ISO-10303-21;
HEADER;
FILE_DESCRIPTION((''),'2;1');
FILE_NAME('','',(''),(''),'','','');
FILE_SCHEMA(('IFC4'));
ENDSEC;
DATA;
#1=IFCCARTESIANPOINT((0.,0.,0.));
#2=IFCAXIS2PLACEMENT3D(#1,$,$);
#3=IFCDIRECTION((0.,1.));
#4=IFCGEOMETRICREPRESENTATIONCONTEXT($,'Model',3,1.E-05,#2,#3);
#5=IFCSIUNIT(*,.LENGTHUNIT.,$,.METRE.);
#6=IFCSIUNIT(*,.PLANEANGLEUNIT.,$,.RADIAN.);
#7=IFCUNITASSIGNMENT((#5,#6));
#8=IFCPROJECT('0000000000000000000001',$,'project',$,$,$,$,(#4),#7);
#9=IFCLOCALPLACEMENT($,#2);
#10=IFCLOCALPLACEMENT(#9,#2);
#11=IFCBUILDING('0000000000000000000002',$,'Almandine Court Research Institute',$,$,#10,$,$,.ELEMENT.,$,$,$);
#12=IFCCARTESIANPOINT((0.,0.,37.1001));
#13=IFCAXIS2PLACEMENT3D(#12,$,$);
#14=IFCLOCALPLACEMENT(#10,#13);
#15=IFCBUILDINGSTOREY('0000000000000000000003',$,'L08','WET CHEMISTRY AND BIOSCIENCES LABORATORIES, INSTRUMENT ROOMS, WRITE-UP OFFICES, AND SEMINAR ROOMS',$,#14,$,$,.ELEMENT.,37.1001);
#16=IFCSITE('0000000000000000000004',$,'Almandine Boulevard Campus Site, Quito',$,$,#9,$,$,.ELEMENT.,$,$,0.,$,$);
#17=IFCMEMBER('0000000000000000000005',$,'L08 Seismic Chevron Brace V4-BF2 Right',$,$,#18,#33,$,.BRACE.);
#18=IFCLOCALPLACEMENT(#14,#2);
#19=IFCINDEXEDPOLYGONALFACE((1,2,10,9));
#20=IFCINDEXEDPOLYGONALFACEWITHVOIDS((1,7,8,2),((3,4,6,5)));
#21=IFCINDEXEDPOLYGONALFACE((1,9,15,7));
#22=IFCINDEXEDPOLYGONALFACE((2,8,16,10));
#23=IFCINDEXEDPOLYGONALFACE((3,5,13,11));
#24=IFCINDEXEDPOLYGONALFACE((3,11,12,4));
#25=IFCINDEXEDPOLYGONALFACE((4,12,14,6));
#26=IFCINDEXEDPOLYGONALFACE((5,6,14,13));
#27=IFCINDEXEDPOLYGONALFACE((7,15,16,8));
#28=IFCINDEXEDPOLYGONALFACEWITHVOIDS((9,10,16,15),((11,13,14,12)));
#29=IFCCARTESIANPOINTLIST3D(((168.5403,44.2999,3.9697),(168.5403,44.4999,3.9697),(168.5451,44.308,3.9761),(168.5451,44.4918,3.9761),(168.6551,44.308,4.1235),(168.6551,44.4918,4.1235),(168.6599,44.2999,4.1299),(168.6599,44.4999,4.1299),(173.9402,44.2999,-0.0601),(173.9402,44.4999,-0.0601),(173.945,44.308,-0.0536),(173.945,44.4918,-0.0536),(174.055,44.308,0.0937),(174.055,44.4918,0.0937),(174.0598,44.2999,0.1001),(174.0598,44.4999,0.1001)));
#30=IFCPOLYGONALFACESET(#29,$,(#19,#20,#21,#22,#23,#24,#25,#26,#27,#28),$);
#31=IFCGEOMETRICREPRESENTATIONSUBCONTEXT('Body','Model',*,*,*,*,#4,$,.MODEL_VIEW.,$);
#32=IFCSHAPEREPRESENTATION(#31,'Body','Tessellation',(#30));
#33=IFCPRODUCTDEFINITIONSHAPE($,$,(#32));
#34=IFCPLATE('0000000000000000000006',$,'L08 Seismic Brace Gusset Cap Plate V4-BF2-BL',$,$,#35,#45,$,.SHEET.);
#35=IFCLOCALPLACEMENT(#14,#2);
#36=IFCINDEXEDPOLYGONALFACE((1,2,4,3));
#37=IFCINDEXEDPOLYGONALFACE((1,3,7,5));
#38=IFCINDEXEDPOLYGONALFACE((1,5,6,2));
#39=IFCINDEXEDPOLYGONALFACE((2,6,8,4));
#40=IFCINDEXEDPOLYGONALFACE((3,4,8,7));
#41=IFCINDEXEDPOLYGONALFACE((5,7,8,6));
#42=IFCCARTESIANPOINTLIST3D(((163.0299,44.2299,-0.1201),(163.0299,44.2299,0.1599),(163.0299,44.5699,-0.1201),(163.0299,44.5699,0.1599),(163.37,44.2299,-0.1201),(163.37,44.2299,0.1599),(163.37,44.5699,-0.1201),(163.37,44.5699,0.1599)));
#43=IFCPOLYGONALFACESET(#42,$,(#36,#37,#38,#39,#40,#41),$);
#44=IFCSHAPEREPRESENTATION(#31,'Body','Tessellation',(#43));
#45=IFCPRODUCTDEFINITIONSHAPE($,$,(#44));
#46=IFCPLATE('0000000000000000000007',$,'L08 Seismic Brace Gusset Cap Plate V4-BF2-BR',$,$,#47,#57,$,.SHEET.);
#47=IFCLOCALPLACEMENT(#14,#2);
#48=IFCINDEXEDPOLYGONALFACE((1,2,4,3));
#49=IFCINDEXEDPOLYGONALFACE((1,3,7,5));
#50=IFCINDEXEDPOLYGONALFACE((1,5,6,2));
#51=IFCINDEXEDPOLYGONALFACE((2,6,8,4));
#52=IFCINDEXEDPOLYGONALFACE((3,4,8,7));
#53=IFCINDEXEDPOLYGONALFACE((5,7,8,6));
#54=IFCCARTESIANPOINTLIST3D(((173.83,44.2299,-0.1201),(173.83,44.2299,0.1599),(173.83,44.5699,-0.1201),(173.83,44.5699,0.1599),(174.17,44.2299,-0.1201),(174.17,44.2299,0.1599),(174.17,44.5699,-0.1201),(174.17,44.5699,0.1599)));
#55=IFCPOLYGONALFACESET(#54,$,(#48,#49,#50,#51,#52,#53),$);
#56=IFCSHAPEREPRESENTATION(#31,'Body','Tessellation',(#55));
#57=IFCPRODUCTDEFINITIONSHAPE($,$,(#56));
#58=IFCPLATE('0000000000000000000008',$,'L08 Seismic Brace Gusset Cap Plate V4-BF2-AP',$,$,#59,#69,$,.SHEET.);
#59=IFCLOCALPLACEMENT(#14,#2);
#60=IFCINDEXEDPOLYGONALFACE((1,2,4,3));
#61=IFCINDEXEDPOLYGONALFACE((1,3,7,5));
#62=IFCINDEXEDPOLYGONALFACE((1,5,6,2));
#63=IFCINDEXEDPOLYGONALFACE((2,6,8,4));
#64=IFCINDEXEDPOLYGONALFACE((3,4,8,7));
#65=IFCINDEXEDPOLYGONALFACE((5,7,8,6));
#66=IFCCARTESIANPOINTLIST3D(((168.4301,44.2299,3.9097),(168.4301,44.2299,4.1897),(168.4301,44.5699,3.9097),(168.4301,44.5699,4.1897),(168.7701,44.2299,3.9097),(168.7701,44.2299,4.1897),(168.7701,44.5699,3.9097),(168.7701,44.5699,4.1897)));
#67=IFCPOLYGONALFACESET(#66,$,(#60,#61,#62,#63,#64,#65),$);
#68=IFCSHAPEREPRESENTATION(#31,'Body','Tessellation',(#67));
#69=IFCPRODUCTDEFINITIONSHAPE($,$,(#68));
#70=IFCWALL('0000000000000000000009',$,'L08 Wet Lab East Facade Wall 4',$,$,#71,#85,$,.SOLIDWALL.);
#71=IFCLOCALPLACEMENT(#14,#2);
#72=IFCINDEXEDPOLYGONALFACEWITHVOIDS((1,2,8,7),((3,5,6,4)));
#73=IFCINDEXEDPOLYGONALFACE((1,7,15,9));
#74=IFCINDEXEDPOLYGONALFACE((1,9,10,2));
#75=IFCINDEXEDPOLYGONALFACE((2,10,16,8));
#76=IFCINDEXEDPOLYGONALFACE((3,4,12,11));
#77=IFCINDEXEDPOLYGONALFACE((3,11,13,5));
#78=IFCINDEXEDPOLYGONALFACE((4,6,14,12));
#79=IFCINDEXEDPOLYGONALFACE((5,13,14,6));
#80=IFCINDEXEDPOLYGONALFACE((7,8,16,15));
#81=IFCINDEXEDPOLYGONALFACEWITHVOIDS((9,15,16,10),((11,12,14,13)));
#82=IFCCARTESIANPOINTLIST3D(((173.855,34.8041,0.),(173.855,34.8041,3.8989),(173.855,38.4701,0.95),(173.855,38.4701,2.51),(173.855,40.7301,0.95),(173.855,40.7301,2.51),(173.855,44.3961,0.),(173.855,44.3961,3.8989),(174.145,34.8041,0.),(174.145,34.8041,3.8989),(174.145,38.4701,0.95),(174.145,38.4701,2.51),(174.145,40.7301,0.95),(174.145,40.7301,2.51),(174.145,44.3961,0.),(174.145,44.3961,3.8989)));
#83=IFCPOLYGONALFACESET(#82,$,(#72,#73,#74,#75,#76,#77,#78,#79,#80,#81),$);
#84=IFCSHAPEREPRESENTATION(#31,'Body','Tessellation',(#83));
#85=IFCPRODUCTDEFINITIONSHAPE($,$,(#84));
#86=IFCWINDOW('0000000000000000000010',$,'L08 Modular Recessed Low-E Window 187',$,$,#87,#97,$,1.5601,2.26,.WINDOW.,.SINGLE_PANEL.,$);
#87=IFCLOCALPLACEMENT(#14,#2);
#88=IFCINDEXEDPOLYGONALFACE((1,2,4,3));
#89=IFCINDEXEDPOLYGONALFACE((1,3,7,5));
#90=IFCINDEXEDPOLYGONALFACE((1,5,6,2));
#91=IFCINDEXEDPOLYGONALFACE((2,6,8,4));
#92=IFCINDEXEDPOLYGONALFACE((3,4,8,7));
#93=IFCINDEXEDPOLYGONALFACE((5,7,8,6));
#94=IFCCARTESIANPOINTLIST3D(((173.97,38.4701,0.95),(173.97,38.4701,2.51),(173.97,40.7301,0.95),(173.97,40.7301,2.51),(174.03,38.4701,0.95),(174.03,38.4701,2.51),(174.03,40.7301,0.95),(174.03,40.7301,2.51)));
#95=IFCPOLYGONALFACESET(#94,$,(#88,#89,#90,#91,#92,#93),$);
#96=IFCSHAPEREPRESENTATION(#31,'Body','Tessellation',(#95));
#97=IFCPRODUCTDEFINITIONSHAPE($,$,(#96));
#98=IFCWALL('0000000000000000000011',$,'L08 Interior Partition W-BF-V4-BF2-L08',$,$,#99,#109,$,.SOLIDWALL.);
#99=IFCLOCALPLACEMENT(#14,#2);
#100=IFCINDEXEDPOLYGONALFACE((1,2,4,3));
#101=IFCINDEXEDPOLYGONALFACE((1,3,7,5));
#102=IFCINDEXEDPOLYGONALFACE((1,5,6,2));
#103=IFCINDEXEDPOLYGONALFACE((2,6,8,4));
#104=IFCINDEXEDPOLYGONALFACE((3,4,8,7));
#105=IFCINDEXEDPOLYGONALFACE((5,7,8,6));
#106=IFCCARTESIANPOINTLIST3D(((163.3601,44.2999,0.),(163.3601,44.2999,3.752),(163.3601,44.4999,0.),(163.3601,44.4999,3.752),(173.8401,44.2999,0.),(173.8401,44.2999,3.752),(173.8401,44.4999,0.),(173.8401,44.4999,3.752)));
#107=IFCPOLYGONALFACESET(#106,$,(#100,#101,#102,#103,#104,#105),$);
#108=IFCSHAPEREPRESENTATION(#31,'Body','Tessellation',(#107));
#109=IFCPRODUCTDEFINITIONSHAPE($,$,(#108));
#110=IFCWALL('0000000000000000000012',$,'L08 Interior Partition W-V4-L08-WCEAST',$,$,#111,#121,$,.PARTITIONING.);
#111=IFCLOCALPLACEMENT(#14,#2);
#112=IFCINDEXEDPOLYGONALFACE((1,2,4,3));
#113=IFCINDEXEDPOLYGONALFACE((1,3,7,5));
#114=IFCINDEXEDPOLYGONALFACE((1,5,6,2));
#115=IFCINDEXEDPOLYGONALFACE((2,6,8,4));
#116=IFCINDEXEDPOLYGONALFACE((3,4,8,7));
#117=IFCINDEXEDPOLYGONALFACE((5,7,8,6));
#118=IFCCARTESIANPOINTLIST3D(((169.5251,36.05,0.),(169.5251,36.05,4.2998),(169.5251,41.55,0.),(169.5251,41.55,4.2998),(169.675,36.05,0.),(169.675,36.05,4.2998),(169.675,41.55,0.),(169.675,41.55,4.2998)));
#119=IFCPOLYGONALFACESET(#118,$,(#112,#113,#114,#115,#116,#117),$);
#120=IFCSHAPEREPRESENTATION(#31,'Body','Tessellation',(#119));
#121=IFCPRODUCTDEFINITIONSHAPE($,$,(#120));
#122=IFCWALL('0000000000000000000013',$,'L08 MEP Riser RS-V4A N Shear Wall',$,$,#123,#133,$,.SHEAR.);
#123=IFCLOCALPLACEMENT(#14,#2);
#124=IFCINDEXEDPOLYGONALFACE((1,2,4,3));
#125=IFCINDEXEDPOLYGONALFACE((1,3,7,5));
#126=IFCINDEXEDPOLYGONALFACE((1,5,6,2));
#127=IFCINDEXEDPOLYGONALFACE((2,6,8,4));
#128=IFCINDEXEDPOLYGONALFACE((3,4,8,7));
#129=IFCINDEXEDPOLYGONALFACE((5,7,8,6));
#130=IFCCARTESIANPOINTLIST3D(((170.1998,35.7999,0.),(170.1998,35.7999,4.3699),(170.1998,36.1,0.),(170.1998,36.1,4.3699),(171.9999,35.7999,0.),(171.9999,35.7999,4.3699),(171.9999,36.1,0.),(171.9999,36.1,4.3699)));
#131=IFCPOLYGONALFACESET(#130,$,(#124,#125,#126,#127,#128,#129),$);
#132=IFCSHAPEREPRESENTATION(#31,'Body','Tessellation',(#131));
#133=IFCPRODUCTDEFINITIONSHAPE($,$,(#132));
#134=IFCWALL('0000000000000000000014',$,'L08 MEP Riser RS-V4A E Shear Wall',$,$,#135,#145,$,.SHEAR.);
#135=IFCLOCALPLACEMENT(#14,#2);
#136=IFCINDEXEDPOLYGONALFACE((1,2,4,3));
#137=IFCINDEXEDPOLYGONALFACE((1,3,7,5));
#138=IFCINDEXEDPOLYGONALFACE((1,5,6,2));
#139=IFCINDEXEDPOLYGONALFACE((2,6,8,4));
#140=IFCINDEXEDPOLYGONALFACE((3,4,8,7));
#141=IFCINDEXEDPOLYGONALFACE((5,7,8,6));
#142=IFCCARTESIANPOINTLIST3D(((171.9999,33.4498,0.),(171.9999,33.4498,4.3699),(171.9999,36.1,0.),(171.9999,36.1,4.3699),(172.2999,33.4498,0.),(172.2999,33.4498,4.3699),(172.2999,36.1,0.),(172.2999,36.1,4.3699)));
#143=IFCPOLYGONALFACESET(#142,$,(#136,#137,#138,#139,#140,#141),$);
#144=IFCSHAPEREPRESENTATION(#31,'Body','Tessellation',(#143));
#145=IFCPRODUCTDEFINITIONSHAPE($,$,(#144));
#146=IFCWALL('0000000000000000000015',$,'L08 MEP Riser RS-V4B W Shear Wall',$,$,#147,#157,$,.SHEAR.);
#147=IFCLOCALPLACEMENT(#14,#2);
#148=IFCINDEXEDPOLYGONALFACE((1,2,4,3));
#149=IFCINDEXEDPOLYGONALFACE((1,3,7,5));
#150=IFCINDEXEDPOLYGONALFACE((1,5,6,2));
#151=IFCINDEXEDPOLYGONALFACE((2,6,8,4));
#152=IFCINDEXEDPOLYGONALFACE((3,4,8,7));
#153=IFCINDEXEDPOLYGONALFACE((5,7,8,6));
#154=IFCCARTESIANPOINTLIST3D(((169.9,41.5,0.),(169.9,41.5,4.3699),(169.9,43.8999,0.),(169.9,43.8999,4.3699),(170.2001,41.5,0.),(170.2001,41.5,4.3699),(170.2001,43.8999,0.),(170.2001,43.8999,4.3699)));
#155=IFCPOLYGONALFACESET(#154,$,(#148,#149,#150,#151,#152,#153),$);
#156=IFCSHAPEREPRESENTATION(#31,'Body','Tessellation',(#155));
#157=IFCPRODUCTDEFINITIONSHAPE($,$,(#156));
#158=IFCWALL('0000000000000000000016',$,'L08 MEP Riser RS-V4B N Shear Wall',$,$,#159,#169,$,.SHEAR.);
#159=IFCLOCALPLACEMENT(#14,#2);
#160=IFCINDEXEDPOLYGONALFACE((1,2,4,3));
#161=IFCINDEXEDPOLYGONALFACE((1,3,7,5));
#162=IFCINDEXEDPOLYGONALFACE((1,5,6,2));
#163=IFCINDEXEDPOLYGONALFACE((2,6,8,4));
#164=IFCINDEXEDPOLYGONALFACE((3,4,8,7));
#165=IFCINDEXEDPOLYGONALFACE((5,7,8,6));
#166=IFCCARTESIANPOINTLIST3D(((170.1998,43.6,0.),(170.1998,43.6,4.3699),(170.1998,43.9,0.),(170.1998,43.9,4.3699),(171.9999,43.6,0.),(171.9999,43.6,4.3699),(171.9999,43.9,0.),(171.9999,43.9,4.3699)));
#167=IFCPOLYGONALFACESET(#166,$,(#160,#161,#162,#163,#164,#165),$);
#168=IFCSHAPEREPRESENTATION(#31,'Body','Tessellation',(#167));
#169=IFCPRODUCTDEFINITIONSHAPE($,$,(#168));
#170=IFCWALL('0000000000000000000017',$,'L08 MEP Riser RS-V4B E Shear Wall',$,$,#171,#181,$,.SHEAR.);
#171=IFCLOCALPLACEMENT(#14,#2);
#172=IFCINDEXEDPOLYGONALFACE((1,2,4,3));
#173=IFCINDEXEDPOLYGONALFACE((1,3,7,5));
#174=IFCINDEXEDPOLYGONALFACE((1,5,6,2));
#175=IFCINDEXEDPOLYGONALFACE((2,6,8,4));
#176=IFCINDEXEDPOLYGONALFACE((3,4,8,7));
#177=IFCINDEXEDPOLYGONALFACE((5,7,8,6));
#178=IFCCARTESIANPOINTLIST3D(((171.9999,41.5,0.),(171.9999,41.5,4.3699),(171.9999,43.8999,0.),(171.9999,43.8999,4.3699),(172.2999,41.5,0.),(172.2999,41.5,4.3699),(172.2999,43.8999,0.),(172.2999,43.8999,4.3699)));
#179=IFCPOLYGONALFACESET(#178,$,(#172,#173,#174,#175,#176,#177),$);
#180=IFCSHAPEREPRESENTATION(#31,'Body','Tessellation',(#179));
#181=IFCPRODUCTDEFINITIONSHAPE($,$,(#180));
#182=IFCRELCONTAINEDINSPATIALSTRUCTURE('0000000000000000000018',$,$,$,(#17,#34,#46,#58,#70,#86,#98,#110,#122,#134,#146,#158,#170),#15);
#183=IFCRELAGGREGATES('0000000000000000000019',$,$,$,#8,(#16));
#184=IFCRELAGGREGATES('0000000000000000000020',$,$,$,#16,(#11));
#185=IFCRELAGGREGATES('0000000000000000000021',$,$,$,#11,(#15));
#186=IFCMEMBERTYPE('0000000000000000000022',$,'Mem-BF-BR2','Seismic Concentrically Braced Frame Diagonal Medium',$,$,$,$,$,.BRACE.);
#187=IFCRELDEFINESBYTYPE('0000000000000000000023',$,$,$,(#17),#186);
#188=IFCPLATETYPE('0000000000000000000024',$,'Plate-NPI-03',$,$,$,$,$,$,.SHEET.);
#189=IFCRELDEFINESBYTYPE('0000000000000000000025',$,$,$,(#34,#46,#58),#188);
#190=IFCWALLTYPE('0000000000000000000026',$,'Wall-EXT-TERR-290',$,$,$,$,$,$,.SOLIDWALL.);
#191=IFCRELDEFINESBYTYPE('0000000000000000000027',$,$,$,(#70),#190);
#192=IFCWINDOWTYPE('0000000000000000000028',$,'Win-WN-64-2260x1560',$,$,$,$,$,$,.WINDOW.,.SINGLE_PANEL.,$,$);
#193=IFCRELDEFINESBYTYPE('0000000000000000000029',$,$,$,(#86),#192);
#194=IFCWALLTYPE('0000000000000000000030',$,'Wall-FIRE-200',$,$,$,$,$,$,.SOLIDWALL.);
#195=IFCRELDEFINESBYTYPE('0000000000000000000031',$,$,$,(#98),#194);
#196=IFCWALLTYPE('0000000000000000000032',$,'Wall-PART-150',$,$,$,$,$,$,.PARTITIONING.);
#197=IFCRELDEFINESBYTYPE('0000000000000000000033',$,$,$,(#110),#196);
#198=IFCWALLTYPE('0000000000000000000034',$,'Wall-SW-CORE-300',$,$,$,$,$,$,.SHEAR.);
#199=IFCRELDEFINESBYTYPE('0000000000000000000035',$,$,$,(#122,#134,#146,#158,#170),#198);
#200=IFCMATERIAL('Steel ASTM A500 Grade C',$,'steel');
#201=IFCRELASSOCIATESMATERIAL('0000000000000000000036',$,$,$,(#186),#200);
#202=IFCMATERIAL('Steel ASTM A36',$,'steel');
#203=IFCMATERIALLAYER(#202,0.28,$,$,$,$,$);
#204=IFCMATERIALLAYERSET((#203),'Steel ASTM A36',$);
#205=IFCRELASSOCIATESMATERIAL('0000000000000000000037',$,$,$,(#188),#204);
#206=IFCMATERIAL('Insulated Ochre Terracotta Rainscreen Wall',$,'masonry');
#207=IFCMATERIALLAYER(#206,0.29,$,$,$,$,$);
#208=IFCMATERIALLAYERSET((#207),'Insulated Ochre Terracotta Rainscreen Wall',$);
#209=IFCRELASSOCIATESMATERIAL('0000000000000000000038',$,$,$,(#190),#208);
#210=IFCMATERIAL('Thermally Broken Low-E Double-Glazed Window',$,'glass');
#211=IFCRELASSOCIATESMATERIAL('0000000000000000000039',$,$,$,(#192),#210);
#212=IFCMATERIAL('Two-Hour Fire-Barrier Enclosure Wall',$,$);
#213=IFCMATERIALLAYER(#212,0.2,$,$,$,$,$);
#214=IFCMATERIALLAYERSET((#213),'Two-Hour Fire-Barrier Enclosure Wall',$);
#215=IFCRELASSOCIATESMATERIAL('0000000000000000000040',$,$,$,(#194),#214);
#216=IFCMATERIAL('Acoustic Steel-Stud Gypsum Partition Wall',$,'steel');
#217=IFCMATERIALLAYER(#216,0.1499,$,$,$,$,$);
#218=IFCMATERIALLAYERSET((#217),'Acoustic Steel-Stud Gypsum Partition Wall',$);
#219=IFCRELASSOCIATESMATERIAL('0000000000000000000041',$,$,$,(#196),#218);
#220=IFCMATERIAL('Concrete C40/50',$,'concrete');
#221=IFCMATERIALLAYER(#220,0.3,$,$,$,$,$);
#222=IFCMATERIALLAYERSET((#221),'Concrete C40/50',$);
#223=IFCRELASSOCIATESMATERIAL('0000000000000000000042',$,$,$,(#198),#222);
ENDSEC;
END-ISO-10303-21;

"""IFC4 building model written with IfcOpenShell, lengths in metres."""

from ifc_helpers import new_model, si_unit, direction, frame, frame_2d, origin, origin_2d, place, context, subcontext, project, spatial, rectangle, hollow_rectangle, extrude, material, layer, layer_set, material_profile, profile_set, type_object, element, fill, save


model = new_model("IFC4")

# Units and contexts
model_context = context("Model", 3, precision=1e-05, world=origin(), true_north=direction((0.0, 1.0)))
body_context = subcontext(model_context, "Body", "Model", "MODEL_VIEW")
ifc_project = project(units=[si_unit("LENGTHUNIT", "METRE"), si_unit("PLANEANGLEUNIT", "RADIAN")], contexts=[model_context])

# Site, building, storey
site_placement = place(None, origin())
site = spatial("IfcSite", under=ifc_project, at=site_placement, Name="Almandine Boulevard Campus Site, Quito", CompositionType="ELEMENT", RefElevation=0.0)
building_placement = place(site_placement, origin())
building = spatial("IfcBuilding", under=site, at=building_placement, Name="Almandine Court Research Institute", CompositionType="ELEMENT")
storey_placement = place(building_placement, frame((0.0, 0.0, 37.1001)))
storey = spatial("IfcBuildingStorey", under=building, at=storey_placement, Name="L08", Description="WET CHEMISTRY AND BIOSCIENCES LABORATORIES, INSTRUMENT ROOMS, WRITE-UP OFFICES, AND SEMINAR ROOMS", CompositionType="ELEMENT", Elevation=37.1001)

# Member
ifc_material_1 = material(Name="Steel ASTM A500 Grade C", Category="steel")
ifc_material_profile_1 = material_profile(ifc_material_1, hollow_rectangle(XDim=0.2, YDim=0.2, WallThickness=0.0081, at=origin_2d()), Name="HSS 200x200x8")
ifc_profile_set_1 = profile_set([ifc_material_profile_1], Name="Steel ASTM A500 Grade C")
member_type = type_object("IfcMemberType", Name="Mem-BF-BR2", Description="Seismic Concentrically Braced Frame Diagonal Medium", PredefinedType="BRACE", material=ifc_profile_set_1)
member_1_placement = place(storey_placement, frame((174.0, 44.3999, 0.02), z_axis=(-0.801433, 0.0, 0.598085), x_axis=(0.0, -1.0, 0.0)))
element("IfcMember", 1, at=member_1_placement, inside=storey, type_object=member_type, Name="L08 Seismic Chevron Brace V4-BF2 Right", PredefinedType="BRACE", context=body_context, shape_type="SweptSolid", body=[
    extrude(hollow_rectangle(XDim=0.2, YDim=0.2, WallThickness=0.0081, at=origin_2d()), origin(), (0.0, 0.0, 1.0), 6.7378),
])

# Plates
ifc_material_2 = material(Name="Steel ASTM A36", Category="steel")
ifc_layer_1 = layer(ifc_material_2, 0.28)
ifc_layer_set_1 = layer_set([ifc_layer_1], Name="Steel ASTM A36")
plate_type = type_object("IfcPlateType", Name="Plate-NPI-03", PredefinedType="SHEET", material=ifc_layer_set_1)
for number, where, z_axis, x_axis, name in (
    (2, (163.2, 44.3999, -0.1201), (0.0, 0.0, 1.0), (1.0, 0.0, 0.0), "L08 Seismic Brace Gusset Cap Plate V4-BF2-BL"),
    (3, (174.0, 44.3999, -0.1201), (0.0, 0.0, 1.0), (1.0, 0.0, 0.0), "L08 Seismic Brace Gusset Cap Plate V4-BF2-BR"),
    (4, (168.6001, 44.3999, 3.9097), (0.0, 0.0, 1.0), (1.0, 0.0, 0.0), "L08 Seismic Brace Gusset Cap Plate V4-BF2-AP"),
):
    element("IfcPlate", number, at=place(storey_placement, frame(where, z_axis=z_axis, x_axis=x_axis)), inside=storey, type_object=plate_type, Name=name, PredefinedType="SHEET", context=body_context, shape_type="SweptSolid", body=[
        extrude(rectangle(XDim=0.3401, YDim=0.3401, at=origin_2d()), origin(), (0.0, 0.0, 1.0), 0.28),
    ])

# Wall, opening, window
ifc_material_3 = material(Name="Insulated Ochre Terracotta Rainscreen Wall", Category="masonry")
ifc_layer_2 = layer(ifc_material_3, 0.29)
ifc_layer_set_2 = layer_set([ifc_layer_2], Name="Insulated Ochre Terracotta Rainscreen Wall")
wall_type_1 = type_object("IfcWallType", Name="Wall-EXT-TERR-290", PredefinedType="SOLIDWALL", material=ifc_layer_set_2)
wall_1_placement = place(storey_placement, frame((174.0, 44.396, 0.0), z_axis=(0.0, 0.0, 1.0), x_axis=(0.0, -1.0, 0.0)))
wall_1 = element("IfcWall", 5, at=wall_1_placement, inside=storey, type_object=wall_type_1, Name="L08 Wet Lab East Facade Wall 4", PredefinedType="SOLIDWALL", context=body_context, shape_type="SweptSolid", body=[
    extrude(rectangle(XDim=9.592, YDim=0.29, at=frame_2d((4.7959, 0.0))), origin(), (0.0, 0.0, 1.0), 3.8989),
])
opening_1_placement = place(wall_1_placement, frame((3.666, 0.0, 0.95)))
opening_1 = element("IfcOpeningElement", 6, at=opening_1_placement, cuts=wall_1, PredefinedType="OPENING", context=body_context, shape_type="SweptSolid", body=[
    extrude(rectangle(XDim=2.26, YDim=1.5601, at=frame_2d((1.1299, 0.78))), frame((0.0, 0.155, 0.0), z_axis=(0.0, -1.0, 0.0), x_axis=(1.0, 0.0, 0.0)), (0.0, 0.0, 1.0), 0.3101),
])
ifc_material_4 = material(Name="Thermally Broken Low-E Double-Glazed Window", Category="glass")
window_type = type_object("IfcWindowType", Name="Win-WN-64-2260x1560", PartitioningType="SINGLE_PANEL", PredefinedType="WINDOW", material=ifc_material_4)
window_placement = place(opening_1_placement, origin())
window = element("IfcWindow", 7, at=window_placement, inside=storey, type_object=window_type, Name="L08 Modular Recessed Low-E Window 187", OverallHeight=1.5601, OverallWidth=2.26, PartitioningType="SINGLE_PANEL", PredefinedType="WINDOW", context=body_context, shape_type="SweptSolid", body=[
    extrude(rectangle(XDim=2.26, YDim=1.5601, at=frame_2d((1.1299, 0.78))), frame((0.0, 0.03, 0.0), z_axis=(0.0, -1.0, 0.0), x_axis=(1.0, 0.0, 0.0)), (0.0, 0.0, 1.0), 0.0601),
])
fill(opening_1, window)

# Walls
ifc_material_5 = material(Name="Two-Hour Fire-Barrier Enclosure Wall")
ifc_layer_3 = layer(ifc_material_5, 0.2)
ifc_layer_set_3 = layer_set([ifc_layer_3], Name="Two-Hour Fire-Barrier Enclosure Wall")
wall_type_2 = type_object("IfcWallType", Name="Wall-FIRE-200", PredefinedType="SOLIDWALL", material=ifc_layer_set_3)
wall_2_placement = place(storey_placement, frame((163.3601, 44.3999, 0.0), z_axis=(0.0, 0.0, 1.0), x_axis=(1.0, 0.0, 0.0)))
element("IfcWall", 8, at=wall_2_placement, inside=storey, type_object=wall_type_2, Name="L08 Interior Partition W-BF-V4-BF2-L08", PredefinedType="SOLIDWALL", context=body_context, shape_type="SweptSolid", body=[
    extrude(rectangle(XDim=10.48, YDim=0.2, at=frame_2d((5.24, 0.0))), origin(), (0.0, 0.0, 1.0), 3.752),
])
ifc_material_6 = material(Name="Acoustic Steel-Stud Gypsum Partition Wall", Category="steel")
ifc_layer_4 = layer(ifc_material_6, 0.1499)
ifc_layer_set_4 = layer_set([ifc_layer_4], Name="Acoustic Steel-Stud Gypsum Partition Wall")
wall_type_3 = type_object("IfcWallType", Name="Wall-PART-150", PredefinedType="PARTITIONING", material=ifc_layer_set_4)
wall_3_placement = place(storey_placement, frame((169.6001, 36.05, 0.0), z_axis=(0.0, 0.0, 1.0), x_axis=(0.0, 1.0, 0.0)))
element("IfcWall", 9, at=wall_3_placement, inside=storey, type_object=wall_type_3, Name="L08 Interior Partition W-V4-L08-WCEAST", PredefinedType="PARTITIONING", context=body_context, shape_type="SweptSolid", body=[
    extrude(rectangle(XDim=5.5, YDim=0.1499, at=frame_2d((2.75, 0.0))), origin(), (0.0, 0.0, 1.0), 4.2998),
])
ifc_material_7 = material(Name="Concrete C40/50", Category="concrete")
ifc_layer_5 = layer(ifc_material_7, 0.3)
ifc_layer_set_5 = layer_set([ifc_layer_5], Name="Concrete C40/50")
wall_type_4 = type_object("IfcWallType", Name="Wall-SW-CORE-300", PredefinedType="SHEAR", material=ifc_layer_set_5)
wall_4_placement = place(storey_placement, frame((170.2, 35.95, 0.0), z_axis=(0.0, 0.0, 1.0), x_axis=(1.0, 0.0, 0.0)))
element("IfcWall", 10, at=wall_4_placement, inside=storey, type_object=wall_type_4, Name="L08 MEP Riser RS-V4A N Shear Wall", PredefinedType="SHEAR", context=body_context, shape_type="SweptSolid", body=[
    extrude(rectangle(XDim=1.8, YDim=0.3, at=frame_2d((0.8999, 0.0))), origin(), (0.0, 0.0, 1.0), 4.3699),
])
wall_5_placement = place(storey_placement, frame((172.1499, 36.1001, 0.0), z_axis=(0.0, 0.0, 1.0), x_axis=(0.0, -1.0, 0.0)))
element("IfcWall", 11, at=wall_5_placement, inside=storey, type_object=wall_type_4, Name="L08 MEP Riser RS-V4A E Shear Wall", PredefinedType="SHEAR", context=body_context, shape_type="SweptSolid", body=[
    extrude(rectangle(XDim=2.6501, YDim=0.3, at=frame_2d((1.3252, 0.0))), origin(), (0.0, 0.0, 1.0), 4.3699),
])
wall_6_placement = place(storey_placement, frame((170.05, 41.5, 0.0), z_axis=(0.0, 0.0, 1.0), x_axis=(0.0, 1.0, 0.0)))
element("IfcWall", 12, at=wall_6_placement, inside=storey, type_object=wall_type_4, Name="L08 MEP Riser RS-V4B W Shear Wall", PredefinedType="SHEAR", context=body_context, shape_type="SweptSolid", body=[
    extrude(rectangle(XDim=2.3999, YDim=0.3, at=frame_2d((1.2, 0.0))), origin(), (0.0, 0.0, 1.0), 4.3699),
])
wall_7_placement = place(storey_placement, frame((170.2, 43.75, 0.0), z_axis=(0.0, 0.0, 1.0), x_axis=(1.0, 0.0, 0.0)))
element("IfcWall", 13, at=wall_7_placement, inside=storey, type_object=wall_type_4, Name="L08 MEP Riser RS-V4B N Shear Wall", PredefinedType="SHEAR", context=body_context, shape_type="SweptSolid", body=[
    extrude(rectangle(XDim=1.8, YDim=0.3, at=frame_2d((0.8999, 0.0))), origin(), (0.0, 0.0, 1.0), 4.3699),
])
wall_8_placement = place(storey_placement, frame((172.1499, 43.8999, 0.0), z_axis=(0.0, 0.0, 1.0), x_axis=(0.0, -1.0, 0.0)))
element("IfcWall", 14, at=wall_8_placement, inside=storey, type_object=wall_type_4, Name="L08 MEP Riser RS-V4B E Shear Wall", PredefinedType="SHEAR", context=body_context, shape_type="SweptSolid", body=[
    extrude(rectangle(XDim=2.3999, YDim=0.3, at=frame_2d((1.2, 0.0))), origin(), (0.0, 0.0, 1.0), 4.3699),
])

save(model, "model.ifc")
